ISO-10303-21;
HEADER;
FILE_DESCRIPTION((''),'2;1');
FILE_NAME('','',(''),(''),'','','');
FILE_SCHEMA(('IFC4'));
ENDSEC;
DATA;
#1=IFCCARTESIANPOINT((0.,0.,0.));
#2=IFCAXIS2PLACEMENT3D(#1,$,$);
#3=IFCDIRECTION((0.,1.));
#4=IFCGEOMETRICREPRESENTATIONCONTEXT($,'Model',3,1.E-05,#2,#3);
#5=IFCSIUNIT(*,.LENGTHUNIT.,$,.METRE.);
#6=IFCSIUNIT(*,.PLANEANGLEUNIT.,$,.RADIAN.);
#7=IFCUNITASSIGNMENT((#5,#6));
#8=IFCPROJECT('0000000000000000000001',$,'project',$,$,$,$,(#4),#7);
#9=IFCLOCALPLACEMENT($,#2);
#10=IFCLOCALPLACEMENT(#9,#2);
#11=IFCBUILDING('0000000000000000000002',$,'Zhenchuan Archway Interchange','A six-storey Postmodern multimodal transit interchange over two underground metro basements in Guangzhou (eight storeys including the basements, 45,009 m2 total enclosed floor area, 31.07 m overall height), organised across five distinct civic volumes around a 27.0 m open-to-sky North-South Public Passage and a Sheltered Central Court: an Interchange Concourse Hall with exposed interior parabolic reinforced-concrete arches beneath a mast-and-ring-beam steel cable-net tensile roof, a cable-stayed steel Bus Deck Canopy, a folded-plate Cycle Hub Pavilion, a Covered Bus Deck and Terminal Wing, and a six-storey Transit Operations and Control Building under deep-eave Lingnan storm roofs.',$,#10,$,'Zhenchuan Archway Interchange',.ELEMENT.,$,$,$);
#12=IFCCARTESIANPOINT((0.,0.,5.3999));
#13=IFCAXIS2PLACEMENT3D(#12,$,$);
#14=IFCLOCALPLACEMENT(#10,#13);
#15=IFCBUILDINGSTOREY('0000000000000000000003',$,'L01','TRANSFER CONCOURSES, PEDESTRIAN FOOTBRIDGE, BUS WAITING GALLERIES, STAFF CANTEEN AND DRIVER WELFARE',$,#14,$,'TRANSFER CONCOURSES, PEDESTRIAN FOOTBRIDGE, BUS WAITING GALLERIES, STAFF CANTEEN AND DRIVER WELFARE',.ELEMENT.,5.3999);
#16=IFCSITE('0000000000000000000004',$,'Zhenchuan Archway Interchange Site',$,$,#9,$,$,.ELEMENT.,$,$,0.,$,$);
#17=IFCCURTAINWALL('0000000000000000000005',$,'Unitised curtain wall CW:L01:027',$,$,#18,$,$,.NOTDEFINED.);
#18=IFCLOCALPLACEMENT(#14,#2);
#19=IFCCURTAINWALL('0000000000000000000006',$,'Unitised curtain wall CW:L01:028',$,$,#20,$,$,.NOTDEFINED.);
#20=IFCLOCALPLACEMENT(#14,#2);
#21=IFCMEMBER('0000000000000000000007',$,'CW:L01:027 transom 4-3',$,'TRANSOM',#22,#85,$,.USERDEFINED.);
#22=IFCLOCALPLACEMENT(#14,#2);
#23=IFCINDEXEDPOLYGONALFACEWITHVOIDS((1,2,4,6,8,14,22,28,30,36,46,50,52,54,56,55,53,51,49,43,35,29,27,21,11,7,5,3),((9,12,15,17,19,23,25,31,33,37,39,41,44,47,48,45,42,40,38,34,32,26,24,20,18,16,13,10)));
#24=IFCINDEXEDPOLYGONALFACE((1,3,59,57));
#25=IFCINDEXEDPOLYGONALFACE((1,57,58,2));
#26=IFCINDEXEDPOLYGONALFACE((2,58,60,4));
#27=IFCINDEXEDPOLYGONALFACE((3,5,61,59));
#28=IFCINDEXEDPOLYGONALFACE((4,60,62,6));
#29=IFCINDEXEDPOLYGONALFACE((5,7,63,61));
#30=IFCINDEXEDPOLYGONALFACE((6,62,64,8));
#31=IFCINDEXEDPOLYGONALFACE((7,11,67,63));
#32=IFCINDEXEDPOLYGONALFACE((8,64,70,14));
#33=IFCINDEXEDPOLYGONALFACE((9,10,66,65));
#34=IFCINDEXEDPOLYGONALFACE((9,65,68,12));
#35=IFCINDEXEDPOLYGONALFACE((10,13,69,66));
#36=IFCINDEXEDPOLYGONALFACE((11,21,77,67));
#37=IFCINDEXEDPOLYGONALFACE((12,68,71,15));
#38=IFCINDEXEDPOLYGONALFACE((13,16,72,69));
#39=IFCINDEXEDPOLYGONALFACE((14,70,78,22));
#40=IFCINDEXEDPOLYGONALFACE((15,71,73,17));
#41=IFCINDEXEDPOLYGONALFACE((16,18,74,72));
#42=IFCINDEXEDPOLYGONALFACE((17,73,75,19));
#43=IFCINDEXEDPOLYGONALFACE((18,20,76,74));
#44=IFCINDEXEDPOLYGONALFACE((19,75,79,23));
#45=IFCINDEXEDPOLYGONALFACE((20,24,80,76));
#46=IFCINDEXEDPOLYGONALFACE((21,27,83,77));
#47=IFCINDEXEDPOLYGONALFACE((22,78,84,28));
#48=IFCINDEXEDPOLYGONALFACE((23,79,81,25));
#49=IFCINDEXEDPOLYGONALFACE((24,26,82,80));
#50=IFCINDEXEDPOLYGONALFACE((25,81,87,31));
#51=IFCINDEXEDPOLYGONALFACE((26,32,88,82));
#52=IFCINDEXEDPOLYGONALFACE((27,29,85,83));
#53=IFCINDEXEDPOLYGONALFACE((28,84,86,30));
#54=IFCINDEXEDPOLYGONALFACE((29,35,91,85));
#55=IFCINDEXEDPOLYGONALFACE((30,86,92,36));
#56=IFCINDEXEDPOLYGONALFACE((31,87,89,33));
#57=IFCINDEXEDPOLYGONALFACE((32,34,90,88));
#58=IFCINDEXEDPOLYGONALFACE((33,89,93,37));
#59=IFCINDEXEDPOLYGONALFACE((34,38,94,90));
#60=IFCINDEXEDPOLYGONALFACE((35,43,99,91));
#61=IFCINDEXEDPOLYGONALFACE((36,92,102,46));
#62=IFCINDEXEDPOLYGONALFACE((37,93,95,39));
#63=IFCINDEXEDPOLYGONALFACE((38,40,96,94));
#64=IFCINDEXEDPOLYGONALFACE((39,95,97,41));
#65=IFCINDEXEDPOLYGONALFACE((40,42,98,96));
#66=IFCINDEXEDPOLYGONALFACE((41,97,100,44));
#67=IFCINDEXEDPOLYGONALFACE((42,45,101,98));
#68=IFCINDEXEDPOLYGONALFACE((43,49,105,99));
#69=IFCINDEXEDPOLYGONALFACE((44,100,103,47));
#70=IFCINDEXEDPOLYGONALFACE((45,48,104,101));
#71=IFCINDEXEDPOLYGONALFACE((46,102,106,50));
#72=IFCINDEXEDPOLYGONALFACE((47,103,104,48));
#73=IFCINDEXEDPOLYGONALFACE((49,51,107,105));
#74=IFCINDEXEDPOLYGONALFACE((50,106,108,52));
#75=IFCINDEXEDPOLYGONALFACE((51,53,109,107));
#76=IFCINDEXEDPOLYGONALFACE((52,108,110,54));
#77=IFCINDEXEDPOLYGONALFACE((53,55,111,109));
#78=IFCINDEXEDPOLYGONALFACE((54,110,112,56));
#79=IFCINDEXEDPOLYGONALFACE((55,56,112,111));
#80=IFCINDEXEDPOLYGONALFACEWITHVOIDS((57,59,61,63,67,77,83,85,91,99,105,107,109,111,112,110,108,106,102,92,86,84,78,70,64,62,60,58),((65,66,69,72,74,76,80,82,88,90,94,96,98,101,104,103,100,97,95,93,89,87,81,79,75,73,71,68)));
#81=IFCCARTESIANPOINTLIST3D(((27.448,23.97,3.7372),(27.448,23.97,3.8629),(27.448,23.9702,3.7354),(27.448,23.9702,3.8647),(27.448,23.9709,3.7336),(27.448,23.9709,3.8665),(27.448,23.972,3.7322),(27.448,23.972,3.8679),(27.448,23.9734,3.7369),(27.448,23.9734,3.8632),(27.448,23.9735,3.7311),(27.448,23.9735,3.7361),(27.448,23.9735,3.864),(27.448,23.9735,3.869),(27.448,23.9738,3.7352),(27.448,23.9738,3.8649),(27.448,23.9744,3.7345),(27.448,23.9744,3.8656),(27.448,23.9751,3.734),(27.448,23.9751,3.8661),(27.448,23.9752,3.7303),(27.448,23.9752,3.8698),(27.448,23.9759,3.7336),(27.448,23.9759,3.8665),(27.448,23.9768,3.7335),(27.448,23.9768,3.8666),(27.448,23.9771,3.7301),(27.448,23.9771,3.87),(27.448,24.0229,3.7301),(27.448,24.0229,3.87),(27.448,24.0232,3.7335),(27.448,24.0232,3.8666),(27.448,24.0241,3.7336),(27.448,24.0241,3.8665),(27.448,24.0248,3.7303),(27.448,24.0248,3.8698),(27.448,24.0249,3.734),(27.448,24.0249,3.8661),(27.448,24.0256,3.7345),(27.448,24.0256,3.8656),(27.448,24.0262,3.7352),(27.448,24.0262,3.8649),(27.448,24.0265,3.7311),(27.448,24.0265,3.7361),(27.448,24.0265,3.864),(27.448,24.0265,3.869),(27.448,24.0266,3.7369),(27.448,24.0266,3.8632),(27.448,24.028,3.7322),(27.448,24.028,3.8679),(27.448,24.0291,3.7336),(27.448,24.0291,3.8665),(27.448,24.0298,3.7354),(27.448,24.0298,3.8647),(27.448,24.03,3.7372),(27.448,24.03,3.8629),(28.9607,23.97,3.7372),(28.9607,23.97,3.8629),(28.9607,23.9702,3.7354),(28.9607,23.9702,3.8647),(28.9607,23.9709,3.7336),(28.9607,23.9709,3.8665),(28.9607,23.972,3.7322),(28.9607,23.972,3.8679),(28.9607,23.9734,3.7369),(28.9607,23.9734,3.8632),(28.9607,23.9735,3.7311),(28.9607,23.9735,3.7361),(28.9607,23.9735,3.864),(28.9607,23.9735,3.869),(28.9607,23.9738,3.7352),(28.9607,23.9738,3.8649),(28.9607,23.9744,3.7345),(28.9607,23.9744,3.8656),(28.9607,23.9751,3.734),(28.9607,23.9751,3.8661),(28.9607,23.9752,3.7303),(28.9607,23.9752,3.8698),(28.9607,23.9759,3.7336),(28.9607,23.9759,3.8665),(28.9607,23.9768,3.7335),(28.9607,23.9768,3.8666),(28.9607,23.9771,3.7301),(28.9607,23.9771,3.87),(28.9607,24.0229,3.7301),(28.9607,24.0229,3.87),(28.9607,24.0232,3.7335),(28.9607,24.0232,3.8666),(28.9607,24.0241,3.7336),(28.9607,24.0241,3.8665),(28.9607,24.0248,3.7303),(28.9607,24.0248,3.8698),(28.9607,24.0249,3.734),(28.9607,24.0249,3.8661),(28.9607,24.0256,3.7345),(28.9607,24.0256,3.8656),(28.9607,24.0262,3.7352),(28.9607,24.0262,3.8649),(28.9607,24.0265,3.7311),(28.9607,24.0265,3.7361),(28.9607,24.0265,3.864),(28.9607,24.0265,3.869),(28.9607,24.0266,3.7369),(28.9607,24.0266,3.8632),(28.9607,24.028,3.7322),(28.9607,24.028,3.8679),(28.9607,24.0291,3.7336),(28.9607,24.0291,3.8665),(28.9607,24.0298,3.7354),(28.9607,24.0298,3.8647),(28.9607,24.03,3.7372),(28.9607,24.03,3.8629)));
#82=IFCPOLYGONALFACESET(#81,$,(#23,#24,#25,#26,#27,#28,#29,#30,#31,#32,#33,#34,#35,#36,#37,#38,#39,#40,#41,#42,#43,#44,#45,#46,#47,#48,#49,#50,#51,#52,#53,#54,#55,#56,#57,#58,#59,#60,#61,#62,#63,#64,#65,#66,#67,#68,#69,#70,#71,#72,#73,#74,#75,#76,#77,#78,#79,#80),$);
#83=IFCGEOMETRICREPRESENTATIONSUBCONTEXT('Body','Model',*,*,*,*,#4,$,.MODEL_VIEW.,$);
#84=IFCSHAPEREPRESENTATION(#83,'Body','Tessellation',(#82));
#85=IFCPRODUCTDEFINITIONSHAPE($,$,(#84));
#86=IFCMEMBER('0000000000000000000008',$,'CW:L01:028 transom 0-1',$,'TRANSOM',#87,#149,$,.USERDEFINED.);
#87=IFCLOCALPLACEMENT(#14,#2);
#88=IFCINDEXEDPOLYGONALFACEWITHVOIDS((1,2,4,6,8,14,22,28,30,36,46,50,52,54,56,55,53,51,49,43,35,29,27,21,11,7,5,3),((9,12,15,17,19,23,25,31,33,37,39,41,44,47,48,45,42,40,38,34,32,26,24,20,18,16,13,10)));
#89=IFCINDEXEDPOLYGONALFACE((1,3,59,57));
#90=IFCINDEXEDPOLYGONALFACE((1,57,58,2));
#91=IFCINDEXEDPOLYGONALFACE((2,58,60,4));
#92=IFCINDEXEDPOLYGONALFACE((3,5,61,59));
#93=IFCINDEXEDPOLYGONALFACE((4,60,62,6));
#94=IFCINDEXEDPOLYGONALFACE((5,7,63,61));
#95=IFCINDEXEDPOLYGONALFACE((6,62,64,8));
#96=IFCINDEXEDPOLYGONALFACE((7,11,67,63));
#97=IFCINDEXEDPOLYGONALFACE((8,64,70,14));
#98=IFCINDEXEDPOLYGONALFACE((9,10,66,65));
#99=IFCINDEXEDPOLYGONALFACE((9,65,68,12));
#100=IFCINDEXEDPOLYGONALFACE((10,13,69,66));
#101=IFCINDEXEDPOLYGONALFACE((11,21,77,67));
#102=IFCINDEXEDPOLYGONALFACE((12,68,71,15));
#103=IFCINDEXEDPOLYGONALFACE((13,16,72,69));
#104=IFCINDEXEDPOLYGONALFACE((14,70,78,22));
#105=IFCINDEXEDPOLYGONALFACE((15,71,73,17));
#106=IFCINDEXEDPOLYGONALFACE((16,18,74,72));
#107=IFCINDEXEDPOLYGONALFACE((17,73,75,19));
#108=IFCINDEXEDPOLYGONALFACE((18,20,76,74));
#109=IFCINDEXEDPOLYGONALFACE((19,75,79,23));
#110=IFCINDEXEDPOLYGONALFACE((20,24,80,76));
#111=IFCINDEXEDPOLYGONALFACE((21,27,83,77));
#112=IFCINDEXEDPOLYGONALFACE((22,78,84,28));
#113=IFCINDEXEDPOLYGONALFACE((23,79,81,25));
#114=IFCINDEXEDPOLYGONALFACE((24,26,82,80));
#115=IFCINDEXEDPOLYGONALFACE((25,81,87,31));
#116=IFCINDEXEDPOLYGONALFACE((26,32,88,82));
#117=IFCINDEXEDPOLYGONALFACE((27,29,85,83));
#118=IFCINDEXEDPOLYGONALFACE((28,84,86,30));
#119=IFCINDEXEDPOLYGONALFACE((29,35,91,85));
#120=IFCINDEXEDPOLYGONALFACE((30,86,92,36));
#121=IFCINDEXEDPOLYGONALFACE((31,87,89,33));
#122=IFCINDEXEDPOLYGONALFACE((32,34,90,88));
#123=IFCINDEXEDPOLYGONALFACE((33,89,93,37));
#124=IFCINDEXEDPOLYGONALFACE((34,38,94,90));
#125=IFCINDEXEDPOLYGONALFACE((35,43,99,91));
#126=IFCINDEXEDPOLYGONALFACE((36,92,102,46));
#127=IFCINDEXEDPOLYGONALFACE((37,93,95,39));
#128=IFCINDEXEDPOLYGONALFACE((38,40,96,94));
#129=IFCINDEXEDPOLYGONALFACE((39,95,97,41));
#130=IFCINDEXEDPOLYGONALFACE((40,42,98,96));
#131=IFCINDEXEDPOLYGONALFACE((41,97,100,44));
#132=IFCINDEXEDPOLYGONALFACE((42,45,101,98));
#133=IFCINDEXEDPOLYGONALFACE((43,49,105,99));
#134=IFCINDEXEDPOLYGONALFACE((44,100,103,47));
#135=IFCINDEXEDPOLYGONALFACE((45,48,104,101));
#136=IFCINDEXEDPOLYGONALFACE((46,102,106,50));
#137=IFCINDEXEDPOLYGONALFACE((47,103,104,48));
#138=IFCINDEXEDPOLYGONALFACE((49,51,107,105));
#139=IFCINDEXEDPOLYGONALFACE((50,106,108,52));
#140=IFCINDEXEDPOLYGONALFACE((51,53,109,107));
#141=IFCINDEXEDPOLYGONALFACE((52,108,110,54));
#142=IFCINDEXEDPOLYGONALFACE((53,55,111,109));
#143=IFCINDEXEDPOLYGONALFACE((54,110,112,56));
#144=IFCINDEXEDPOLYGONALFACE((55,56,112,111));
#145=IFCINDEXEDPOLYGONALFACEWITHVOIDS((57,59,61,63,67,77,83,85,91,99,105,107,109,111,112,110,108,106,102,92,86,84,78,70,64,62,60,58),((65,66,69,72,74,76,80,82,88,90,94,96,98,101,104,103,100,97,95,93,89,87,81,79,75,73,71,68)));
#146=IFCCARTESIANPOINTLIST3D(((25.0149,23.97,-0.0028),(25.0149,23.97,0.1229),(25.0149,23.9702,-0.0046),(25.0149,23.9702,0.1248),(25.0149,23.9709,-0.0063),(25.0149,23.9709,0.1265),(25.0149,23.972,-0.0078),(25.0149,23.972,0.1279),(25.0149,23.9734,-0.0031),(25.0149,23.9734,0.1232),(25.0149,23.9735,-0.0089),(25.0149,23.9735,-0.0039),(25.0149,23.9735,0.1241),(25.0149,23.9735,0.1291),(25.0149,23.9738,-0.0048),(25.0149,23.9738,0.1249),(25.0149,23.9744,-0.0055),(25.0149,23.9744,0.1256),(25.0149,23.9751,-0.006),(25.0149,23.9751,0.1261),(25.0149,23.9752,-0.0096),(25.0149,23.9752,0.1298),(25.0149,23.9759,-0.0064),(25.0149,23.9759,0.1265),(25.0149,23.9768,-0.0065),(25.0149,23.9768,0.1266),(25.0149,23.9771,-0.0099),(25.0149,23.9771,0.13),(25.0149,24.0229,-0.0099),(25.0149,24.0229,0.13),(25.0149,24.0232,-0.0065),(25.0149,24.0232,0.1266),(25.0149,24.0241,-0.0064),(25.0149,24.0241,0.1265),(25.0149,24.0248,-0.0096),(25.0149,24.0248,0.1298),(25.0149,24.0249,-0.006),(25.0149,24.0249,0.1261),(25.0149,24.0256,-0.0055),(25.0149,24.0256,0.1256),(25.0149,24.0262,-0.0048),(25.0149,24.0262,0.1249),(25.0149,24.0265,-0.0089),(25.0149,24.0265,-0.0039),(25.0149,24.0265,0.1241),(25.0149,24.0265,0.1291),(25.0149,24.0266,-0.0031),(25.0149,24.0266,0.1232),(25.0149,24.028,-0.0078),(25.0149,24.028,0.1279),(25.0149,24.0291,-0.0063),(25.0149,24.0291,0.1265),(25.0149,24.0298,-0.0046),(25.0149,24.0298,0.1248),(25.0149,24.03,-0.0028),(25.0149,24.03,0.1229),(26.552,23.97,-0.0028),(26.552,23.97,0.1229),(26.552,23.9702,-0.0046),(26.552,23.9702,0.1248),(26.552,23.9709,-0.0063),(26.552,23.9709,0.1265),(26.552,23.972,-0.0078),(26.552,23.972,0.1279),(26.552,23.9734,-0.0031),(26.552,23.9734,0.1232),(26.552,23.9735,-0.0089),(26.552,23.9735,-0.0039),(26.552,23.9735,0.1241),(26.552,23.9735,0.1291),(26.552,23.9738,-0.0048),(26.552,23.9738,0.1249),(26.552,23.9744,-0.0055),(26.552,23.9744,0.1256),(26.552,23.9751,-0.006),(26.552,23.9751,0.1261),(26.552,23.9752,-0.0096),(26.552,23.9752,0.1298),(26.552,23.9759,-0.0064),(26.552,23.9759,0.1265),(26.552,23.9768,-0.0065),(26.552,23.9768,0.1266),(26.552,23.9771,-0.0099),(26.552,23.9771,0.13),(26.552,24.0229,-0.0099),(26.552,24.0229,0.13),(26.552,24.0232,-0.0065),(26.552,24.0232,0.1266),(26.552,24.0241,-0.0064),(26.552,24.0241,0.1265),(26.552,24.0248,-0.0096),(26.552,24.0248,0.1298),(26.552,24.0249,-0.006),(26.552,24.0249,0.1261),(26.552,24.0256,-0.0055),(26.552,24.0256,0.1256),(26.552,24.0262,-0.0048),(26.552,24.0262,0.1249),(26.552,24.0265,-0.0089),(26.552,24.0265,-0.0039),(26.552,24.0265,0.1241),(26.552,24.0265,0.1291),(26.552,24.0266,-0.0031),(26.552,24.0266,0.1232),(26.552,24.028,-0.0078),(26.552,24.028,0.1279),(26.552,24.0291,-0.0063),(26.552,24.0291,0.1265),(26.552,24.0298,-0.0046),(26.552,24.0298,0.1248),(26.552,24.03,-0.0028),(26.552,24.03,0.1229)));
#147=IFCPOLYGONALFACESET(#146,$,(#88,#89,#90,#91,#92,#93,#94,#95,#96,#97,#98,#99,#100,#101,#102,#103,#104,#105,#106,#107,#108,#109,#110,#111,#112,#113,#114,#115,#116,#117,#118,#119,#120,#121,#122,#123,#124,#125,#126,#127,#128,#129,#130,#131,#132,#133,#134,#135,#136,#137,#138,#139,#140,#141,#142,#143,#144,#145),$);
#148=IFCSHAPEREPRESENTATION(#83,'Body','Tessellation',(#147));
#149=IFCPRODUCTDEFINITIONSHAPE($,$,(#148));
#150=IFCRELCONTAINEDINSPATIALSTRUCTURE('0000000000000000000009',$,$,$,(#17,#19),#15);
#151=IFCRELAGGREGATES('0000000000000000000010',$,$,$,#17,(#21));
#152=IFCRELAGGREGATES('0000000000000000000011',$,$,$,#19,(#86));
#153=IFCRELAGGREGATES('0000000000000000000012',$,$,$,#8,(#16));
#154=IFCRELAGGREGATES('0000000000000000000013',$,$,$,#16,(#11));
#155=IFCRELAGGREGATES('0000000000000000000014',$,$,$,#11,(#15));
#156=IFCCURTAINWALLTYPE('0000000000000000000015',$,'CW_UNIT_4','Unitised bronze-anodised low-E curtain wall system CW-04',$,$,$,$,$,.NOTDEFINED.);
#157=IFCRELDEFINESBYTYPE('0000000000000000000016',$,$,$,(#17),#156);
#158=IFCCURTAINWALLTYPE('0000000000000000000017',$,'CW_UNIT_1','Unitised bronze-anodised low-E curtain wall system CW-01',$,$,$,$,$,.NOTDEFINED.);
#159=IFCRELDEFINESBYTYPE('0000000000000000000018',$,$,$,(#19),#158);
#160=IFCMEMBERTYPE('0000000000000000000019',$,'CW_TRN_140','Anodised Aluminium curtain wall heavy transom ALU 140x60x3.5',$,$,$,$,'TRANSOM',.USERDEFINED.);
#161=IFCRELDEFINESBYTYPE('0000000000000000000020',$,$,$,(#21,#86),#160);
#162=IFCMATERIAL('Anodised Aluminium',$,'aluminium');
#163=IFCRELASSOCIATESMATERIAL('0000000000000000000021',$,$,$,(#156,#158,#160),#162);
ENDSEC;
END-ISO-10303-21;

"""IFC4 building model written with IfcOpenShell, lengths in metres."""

from ifc_helpers import new_model, si_unit, direction, frame, origin, origin_2d, place, context, subcontext, project, spatial, hollow_rectangle, extrude, material, material_profile, profile_set, type_object, element, aggregate, save


model = new_model("IFC4")

# Units and contexts
model_context = context("Model", 3, precision=1e-05, world=origin(), true_north=direction((0.0, 1.0)))
body_context = subcontext(model_context, "Body", "Model", "MODEL_VIEW")
ifc_project = project(units=[si_unit("LENGTHUNIT", "METRE"), si_unit("PLANEANGLEUNIT", "RADIAN")], contexts=[model_context])

# Site, building, storey
site_placement = place(None, origin())
site = spatial("IfcSite", under=ifc_project, at=site_placement, Name="Zhenchuan Archway Interchange Site", CompositionType="ELEMENT", RefElevation=0.0)
building_placement = place(site_placement, origin())
building = spatial("IfcBuilding", under=site, at=building_placement, Name="Zhenchuan Archway Interchange", Description="A six-storey Postmodern multimodal transit interchange over two underground metro basements in Guangzhou (eight storeys including the basements, 45,009 m2 total enclosed floor area, 31.07 m overall height), organised across five distinct civic volumes around a 27.0 m open-to-sky North-South Public Passage and a Sheltered Central Court: an Interchange Concourse Hall with exposed interior parabolic reinforced-concrete arches beneath a mast-and-ring-beam steel cable-net tensile roof, a cable-stayed steel Bus Deck Canopy, a folded-plate Cycle Hub Pavilion, a Covered Bus Deck and Terminal Wing, and a six-storey Transit Operations and Control Building under deep-eave Lingnan storm roofs.", LongName="Zhenchuan Archway Interchange", CompositionType="ELEMENT")
storey_placement = place(building_placement, frame((0.0, 0.0, 5.3999)))
storey = spatial("IfcBuildingStorey", under=building, at=storey_placement, Name="L01", Description="TRANSFER CONCOURSES, PEDESTRIAN FOOTBRIDGE, BUS WAITING GALLERIES, STAFF CANTEEN AND DRIVER WELFARE", LongName="TRANSFER CONCOURSES, PEDESTRIAN FOOTBRIDGE, BUS WAITING GALLERIES, STAFF CANTEEN AND DRIVER WELFARE", CompositionType="ELEMENT", Elevation=5.3999)

# Curtain wall
ifc_material_1 = material(Name="Anodised Aluminium", Category="aluminium")
curtain_wall_type_1 = type_object("IfcCurtainWallType", Name="CW_UNIT_4", Description="Unitised bronze-anodised low-E curtain wall system CW-04", PredefinedType="NOTDEFINED", material=ifc_material_1)
curtain_wall_1_placement = place(storey_placement, origin())
curtain_wall_1 = element("IfcCurtainWall", 1, at=curtain_wall_1_placement, inside=storey, type_object=curtain_wall_type_1, Name="Unitised curtain wall CW:L01:027", PredefinedType="NOTDEFINED")

# Curtain wall
curtain_wall_type_2 = type_object("IfcCurtainWallType", Name="CW_UNIT_1", Description="Unitised bronze-anodised low-E curtain wall system CW-01", PredefinedType="NOTDEFINED", material=ifc_material_1)
curtain_wall_2_placement = place(storey_placement, origin())
curtain_wall_2 = element("IfcCurtainWall", 2, at=curtain_wall_2_placement, inside=storey, type_object=curtain_wall_type_2, Name="Unitised curtain wall CW:L01:028", PredefinedType="NOTDEFINED")

# Members
ifc_material_profile_1 = material_profile(ifc_material_1, hollow_rectangle(XDim=0.0601, YDim=0.1399, WallThickness=0.0034, InnerFilletRadius=0.0034, OuterFilletRadius=0.0071, at=origin_2d()), Name="ALU 140x60x3.5")
ifc_profile_set_1 = profile_set([ifc_material_profile_1], Name="Anodised Aluminium")
member_type_1 = type_object("IfcMemberType", Name="CW_TRN_140", Description="Anodised Aluminium curtain wall heavy transom ALU 140x60x3.5", ElementType="TRANSOM", PredefinedType="USERDEFINED", material=ifc_profile_set_1)
member_1_placement = place(storey_placement, frame((28.9607, 24.0, 3.8), z_axis=(-1.0, 0.0, 0.0), x_axis=(0.0, -1.0, 0.0)))
member_1 = element("IfcMember", 3, at=member_1_placement, type_object=member_type_1, Name="CW:L01:027 transom 4-3", ObjectType="TRANSOM", PredefinedType="USERDEFINED", context=body_context, shape_type="SweptSolid", body=[
    extrude(hollow_rectangle(XDim=0.0601, YDim=0.1399, WallThickness=0.0034, InnerFilletRadius=0.0034, OuterFilletRadius=0.0071, at=origin_2d()), origin(), (0.0, 0.0, 1.0), 1.5127),
])
member_2_placement = place(storey_placement, frame((26.552, 24.0, 0.0601), z_axis=(-1.0, 0.0, 0.0), x_axis=(0.0, -1.0, 0.0)))
member_2 = element("IfcMember", 4, at=member_2_placement, type_object=member_type_1, Name="CW:L01:028 transom 0-1", ObjectType="TRANSOM", PredefinedType="USERDEFINED", context=body_context, shape_type="SweptSolid", body=[
    extrude(hollow_rectangle(XDim=0.0601, YDim=0.1399, WallThickness=0.0034, InnerFilletRadius=0.0034, OuterFilletRadius=0.0071, at=origin_2d()), origin(), (0.0, 0.0, 1.0), 1.5371),
])

aggregate(curtain_wall_1, [member_1])
aggregate(curtain_wall_2, [member_2])

save(model, "model.ifc")
